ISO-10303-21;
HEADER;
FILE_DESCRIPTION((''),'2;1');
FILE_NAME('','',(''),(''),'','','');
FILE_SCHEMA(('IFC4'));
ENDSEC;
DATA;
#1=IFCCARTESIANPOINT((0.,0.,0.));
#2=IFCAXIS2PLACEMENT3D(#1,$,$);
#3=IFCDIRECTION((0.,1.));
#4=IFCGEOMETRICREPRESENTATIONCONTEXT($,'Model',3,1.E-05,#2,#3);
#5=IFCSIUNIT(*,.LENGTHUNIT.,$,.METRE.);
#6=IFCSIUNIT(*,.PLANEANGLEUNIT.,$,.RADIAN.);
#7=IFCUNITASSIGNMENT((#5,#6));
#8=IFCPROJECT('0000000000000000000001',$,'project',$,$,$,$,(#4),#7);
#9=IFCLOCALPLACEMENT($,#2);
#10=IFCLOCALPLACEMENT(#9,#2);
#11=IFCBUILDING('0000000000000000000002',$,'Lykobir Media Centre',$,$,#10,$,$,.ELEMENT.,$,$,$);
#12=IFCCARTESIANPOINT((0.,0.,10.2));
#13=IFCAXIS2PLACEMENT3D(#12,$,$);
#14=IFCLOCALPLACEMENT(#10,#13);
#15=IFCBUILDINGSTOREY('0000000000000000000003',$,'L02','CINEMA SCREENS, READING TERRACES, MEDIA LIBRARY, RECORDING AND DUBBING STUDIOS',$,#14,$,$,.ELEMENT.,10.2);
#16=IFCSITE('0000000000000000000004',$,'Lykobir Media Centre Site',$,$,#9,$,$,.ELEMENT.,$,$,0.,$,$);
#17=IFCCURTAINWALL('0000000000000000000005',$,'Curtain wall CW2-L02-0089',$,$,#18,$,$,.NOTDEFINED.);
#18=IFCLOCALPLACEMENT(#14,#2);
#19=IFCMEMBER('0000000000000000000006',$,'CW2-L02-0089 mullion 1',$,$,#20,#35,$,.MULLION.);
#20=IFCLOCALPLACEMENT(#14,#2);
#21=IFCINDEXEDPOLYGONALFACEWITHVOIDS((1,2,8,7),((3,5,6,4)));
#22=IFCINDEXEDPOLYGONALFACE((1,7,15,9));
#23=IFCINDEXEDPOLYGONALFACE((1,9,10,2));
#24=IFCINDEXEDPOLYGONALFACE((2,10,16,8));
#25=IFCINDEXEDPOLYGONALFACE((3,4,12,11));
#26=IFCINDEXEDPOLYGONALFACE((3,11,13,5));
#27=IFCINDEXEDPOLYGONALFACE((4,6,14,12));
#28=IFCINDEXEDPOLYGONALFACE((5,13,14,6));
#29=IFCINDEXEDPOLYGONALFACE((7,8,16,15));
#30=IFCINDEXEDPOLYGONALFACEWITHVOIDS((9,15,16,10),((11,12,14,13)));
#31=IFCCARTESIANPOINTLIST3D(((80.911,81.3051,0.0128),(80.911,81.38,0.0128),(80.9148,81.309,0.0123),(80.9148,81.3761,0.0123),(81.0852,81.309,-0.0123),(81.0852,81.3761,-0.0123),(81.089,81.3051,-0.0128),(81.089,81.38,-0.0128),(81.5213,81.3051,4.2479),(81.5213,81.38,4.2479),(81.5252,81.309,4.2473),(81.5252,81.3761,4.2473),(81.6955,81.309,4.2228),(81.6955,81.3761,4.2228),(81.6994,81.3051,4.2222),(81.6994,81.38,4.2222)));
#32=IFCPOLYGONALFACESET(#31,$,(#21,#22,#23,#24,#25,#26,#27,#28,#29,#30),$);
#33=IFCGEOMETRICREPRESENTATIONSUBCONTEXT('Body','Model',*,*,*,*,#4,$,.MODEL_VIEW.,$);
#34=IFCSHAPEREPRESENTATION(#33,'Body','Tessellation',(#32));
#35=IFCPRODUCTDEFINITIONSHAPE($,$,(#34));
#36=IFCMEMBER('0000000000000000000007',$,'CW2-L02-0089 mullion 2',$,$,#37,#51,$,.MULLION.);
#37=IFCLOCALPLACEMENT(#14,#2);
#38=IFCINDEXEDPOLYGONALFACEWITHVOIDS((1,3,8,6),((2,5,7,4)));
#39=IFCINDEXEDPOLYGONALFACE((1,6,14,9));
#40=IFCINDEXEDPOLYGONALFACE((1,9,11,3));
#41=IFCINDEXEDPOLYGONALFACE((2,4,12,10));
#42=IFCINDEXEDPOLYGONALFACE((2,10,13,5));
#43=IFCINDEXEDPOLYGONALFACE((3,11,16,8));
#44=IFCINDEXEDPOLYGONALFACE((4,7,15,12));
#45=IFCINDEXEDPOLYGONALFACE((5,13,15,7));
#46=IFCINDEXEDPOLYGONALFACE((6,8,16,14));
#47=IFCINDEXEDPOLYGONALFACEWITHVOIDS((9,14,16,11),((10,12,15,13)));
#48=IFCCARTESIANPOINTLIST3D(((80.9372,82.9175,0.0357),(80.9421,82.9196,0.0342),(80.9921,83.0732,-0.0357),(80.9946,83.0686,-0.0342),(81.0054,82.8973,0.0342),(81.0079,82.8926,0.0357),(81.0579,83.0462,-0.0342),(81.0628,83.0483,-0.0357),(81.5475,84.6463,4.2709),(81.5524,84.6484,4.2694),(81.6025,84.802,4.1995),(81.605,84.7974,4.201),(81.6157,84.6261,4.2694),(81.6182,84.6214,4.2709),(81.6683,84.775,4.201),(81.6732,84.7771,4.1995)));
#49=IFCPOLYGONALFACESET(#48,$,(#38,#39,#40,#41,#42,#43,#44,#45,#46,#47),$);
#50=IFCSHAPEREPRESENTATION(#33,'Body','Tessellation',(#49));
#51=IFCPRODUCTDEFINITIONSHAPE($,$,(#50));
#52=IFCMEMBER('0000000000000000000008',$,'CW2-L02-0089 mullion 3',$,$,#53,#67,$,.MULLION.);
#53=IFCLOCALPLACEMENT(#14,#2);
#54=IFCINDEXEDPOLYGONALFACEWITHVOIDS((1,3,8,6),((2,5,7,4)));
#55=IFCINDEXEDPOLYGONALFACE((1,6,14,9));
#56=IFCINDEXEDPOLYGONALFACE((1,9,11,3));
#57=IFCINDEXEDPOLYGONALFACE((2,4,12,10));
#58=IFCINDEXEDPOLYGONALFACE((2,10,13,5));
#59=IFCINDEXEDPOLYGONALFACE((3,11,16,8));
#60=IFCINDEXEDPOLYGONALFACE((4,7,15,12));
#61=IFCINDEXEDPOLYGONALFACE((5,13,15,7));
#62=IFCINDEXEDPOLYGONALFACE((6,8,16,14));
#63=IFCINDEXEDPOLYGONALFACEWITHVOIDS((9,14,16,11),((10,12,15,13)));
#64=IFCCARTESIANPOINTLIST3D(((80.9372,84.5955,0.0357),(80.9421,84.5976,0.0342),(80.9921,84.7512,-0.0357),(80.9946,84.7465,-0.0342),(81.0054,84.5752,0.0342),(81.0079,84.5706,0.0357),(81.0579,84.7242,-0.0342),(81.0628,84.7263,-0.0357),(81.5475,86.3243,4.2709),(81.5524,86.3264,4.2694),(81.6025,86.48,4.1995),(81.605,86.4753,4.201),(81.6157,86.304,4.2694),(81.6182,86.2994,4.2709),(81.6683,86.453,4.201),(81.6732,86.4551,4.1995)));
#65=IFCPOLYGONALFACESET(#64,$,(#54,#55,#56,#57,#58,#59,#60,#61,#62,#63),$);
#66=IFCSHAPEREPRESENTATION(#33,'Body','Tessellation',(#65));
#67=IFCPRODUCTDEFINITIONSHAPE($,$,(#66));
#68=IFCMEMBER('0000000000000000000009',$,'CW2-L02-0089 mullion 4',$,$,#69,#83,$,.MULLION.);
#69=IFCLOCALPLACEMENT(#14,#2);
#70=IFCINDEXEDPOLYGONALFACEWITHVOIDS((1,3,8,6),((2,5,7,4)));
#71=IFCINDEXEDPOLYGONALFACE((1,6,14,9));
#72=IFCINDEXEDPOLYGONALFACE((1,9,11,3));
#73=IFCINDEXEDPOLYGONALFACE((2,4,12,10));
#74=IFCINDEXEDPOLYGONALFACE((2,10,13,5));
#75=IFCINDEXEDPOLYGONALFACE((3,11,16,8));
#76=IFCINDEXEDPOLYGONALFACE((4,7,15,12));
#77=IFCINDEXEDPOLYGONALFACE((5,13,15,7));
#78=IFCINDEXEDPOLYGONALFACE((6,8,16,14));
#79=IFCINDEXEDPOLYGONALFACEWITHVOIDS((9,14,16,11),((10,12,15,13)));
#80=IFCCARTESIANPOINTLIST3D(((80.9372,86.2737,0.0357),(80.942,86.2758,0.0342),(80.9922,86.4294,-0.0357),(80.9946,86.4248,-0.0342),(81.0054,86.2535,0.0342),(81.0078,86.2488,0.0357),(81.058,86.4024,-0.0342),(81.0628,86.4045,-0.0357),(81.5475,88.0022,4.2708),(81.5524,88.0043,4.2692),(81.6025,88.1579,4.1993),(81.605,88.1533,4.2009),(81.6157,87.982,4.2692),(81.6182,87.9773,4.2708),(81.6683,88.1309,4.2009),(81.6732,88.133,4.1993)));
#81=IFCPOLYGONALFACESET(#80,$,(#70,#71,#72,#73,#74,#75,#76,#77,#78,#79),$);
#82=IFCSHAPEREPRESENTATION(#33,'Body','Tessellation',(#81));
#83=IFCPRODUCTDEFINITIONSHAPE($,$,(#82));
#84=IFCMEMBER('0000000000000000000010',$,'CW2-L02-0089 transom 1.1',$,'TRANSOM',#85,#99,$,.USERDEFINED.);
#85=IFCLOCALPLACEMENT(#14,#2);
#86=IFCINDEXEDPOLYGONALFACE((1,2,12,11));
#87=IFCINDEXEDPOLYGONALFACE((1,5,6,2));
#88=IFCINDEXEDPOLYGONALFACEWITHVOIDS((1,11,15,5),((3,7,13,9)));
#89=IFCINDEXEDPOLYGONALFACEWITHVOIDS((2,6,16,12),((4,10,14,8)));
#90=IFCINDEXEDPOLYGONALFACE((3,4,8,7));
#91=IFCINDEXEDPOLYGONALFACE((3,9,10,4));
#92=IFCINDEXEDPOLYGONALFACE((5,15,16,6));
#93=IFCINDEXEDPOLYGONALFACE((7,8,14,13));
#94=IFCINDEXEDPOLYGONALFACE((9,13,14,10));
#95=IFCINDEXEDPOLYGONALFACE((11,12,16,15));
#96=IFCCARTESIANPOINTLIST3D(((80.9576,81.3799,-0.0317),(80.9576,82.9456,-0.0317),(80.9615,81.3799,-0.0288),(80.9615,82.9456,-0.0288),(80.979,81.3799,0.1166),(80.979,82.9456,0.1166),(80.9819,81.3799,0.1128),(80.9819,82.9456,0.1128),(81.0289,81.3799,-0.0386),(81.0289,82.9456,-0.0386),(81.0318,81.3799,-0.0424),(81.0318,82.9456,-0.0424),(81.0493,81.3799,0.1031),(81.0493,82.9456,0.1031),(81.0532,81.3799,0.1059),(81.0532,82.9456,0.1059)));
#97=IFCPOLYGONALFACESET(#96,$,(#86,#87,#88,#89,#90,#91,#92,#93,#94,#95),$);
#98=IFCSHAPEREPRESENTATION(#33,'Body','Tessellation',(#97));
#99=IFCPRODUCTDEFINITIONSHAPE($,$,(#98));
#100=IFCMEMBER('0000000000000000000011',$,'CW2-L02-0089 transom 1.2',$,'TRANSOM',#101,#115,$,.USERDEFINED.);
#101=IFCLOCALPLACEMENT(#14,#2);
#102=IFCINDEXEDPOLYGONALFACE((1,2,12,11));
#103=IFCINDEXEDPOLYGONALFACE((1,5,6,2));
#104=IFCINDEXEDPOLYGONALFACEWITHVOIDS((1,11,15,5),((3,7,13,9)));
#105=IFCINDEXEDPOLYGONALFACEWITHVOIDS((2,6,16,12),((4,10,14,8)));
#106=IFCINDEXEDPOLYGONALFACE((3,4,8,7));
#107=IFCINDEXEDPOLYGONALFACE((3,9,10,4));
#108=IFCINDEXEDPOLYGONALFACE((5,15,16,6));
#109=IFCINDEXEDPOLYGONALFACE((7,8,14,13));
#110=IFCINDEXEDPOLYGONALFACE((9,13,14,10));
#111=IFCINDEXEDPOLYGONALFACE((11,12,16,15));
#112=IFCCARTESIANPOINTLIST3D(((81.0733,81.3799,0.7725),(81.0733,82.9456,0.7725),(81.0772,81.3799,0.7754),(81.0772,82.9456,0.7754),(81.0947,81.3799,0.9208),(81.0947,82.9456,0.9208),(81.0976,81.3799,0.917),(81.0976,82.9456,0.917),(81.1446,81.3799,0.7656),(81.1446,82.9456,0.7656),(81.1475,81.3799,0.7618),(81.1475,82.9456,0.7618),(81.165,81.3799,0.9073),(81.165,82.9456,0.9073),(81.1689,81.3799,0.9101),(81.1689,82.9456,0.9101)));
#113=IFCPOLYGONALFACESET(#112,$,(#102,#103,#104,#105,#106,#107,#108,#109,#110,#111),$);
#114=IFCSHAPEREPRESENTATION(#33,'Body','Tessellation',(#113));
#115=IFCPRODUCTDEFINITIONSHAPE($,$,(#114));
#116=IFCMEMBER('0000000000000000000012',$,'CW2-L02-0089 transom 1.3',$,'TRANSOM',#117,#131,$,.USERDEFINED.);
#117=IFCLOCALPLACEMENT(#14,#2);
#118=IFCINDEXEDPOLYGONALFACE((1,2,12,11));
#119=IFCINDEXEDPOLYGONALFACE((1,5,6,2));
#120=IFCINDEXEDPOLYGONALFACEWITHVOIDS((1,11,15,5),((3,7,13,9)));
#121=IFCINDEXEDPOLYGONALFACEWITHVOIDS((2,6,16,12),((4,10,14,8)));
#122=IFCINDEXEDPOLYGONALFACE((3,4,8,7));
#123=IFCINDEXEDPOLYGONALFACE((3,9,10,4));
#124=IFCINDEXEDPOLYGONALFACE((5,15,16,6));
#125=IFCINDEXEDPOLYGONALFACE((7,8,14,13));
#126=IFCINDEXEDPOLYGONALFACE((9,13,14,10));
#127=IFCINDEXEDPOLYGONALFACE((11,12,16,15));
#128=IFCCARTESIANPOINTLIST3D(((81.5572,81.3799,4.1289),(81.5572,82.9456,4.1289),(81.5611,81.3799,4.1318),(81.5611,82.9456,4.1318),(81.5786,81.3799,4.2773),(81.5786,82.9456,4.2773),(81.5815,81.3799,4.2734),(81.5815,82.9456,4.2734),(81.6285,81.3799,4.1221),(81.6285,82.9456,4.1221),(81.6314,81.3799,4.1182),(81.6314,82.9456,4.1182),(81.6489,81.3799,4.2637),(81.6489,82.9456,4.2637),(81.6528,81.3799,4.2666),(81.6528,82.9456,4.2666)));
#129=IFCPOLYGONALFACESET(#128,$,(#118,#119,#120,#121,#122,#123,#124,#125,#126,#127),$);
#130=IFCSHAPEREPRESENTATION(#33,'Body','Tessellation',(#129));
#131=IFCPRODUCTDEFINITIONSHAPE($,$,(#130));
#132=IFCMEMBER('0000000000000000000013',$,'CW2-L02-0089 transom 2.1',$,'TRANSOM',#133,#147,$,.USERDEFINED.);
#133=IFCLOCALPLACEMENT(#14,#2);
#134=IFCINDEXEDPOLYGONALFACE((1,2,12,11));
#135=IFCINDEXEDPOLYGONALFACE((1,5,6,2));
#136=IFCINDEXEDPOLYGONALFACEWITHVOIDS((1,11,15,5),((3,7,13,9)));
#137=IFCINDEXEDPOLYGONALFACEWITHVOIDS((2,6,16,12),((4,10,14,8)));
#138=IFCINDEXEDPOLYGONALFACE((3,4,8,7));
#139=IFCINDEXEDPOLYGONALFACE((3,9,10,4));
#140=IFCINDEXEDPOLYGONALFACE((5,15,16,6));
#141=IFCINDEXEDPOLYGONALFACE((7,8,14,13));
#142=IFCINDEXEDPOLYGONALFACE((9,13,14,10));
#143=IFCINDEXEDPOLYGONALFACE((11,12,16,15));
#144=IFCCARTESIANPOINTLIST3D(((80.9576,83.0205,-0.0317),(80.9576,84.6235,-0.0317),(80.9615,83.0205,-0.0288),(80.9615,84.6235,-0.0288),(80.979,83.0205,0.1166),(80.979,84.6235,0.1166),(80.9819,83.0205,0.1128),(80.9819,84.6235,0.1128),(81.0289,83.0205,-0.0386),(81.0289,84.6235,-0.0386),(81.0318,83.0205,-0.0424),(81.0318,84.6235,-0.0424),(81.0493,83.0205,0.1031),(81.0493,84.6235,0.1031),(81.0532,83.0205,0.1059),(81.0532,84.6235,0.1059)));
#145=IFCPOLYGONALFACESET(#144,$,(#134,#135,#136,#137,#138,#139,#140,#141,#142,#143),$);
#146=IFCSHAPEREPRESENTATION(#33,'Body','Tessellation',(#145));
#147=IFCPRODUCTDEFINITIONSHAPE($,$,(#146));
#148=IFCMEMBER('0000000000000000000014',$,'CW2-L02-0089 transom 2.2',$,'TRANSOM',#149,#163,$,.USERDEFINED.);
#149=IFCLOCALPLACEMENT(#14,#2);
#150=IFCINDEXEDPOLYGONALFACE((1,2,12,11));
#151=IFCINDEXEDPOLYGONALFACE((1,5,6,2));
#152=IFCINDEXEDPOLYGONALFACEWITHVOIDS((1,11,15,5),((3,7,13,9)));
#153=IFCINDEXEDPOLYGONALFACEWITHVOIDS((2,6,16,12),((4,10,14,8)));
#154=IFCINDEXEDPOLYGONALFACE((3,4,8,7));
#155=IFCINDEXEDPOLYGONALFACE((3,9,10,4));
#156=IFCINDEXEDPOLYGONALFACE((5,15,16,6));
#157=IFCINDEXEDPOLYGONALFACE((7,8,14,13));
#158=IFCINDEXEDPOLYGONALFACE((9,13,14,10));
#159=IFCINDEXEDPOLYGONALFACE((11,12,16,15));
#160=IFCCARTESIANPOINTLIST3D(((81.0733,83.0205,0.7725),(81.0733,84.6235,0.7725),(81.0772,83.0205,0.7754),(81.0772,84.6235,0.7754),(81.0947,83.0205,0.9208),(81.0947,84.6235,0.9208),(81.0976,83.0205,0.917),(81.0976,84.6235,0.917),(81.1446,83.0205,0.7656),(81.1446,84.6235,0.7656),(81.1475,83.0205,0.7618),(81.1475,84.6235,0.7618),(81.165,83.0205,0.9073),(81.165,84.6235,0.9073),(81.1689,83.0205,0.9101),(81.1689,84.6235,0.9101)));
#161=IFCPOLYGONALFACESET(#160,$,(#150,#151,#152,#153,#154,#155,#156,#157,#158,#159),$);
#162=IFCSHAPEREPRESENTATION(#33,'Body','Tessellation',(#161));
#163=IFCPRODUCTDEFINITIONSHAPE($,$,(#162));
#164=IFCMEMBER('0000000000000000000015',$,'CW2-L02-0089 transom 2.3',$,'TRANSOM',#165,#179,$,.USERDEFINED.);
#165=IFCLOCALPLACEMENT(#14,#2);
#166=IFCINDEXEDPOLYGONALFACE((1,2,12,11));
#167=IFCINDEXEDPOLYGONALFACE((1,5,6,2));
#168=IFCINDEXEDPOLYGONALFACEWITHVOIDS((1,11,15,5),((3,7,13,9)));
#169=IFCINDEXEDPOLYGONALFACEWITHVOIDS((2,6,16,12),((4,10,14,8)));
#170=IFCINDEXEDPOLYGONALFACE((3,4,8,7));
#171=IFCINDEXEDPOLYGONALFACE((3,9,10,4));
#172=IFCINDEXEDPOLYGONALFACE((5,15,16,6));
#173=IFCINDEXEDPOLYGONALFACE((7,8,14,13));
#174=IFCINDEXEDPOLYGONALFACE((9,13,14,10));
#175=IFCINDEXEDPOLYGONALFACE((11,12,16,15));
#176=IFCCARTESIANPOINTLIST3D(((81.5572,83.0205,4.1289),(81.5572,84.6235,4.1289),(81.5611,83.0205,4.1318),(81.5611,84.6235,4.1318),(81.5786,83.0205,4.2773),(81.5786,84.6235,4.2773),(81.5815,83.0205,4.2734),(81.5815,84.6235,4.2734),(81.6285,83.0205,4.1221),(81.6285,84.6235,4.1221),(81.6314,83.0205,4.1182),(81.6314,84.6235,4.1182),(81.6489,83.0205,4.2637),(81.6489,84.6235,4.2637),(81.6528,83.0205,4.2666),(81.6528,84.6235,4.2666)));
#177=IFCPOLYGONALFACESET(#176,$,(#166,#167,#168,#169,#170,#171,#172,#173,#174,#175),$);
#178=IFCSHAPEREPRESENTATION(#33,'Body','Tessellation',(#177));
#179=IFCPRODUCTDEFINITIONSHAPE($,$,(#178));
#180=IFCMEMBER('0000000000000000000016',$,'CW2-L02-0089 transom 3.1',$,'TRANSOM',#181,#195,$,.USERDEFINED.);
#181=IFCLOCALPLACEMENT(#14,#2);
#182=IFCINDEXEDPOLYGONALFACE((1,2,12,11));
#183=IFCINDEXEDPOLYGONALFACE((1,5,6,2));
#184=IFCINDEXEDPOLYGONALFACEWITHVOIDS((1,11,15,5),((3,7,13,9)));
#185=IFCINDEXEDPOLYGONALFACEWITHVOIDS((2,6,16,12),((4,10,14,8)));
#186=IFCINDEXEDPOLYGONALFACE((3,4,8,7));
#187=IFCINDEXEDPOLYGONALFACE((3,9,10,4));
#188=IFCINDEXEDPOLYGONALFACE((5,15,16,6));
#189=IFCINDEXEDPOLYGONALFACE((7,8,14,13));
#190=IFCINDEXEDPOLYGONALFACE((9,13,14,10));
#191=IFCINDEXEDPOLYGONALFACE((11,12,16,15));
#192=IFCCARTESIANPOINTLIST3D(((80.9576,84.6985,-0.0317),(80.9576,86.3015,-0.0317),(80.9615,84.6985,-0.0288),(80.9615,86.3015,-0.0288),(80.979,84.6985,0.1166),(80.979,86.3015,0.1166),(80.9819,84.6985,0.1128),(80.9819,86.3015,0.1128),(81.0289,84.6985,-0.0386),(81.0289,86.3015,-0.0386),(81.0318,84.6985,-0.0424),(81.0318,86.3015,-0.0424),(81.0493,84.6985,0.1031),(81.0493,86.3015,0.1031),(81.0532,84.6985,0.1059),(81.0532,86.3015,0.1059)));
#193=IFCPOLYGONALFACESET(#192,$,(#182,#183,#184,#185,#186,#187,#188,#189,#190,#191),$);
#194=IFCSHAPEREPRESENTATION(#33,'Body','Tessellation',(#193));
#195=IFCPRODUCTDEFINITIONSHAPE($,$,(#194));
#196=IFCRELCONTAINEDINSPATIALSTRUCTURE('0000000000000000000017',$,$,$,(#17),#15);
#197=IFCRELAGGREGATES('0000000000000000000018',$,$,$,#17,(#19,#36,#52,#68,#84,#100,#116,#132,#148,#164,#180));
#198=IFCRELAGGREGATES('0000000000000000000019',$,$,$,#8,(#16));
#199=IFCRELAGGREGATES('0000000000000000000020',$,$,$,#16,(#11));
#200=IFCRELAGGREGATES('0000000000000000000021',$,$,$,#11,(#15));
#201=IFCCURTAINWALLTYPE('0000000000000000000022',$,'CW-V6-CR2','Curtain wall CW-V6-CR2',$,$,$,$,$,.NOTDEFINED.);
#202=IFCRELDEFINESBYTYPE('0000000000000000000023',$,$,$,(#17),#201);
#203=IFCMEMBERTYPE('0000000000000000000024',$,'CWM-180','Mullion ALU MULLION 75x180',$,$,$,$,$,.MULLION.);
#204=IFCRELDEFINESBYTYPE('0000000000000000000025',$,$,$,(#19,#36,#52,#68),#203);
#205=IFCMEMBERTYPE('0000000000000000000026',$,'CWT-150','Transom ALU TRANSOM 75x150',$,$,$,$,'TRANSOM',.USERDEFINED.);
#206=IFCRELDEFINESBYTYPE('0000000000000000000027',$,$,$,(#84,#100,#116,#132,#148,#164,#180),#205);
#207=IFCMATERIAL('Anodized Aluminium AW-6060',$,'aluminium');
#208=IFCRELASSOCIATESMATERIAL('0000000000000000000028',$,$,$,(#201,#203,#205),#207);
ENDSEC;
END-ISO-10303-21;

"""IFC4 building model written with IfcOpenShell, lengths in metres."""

from ifc_helpers import new_model, si_unit, direction, frame, origin, origin_2d, place, context, subcontext, project, spatial, hollow_rectangle, extrude, material, material_profile, profile_set, type_object, element, aggregate, save


model = new_model("IFC4")

# Units and contexts
model_context = context("Model", 3, precision=1e-05, world=origin(), true_north=direction((0.0, 1.0)))
body_context = subcontext(model_context, "Body", "Model", "MODEL_VIEW")
ifc_project = project(units=[si_unit("LENGTHUNIT", "METRE"), si_unit("PLANEANGLEUNIT", "RADIAN")], contexts=[model_context])

# Site, building, storey
site_placement = place(None, origin())
site = spatial("IfcSite", under=ifc_project, at=site_placement, Name="Lykobir Media Centre Site", CompositionType="ELEMENT", RefElevation=0.0)
building_placement = place(site_placement, origin())
building = spatial("IfcBuilding", under=site, at=building_placement, Name="Lykobir Media Centre", CompositionType="ELEMENT")
storey_placement = place(building_placement, frame((0.0, 0.0, 10.2)))
storey = spatial("IfcBuildingStorey", under=building, at=storey_placement, Name="L02", Description="CINEMA SCREENS, READING TERRACES, MEDIA LIBRARY, RECORDING AND DUBBING STUDIOS", CompositionType="ELEMENT", Elevation=10.2)

# Curtain wall, members
ifc_material_1 = material(Name="Anodized Aluminium AW-6060", Category="aluminium")
curtain_wall_type = type_object("IfcCurtainWallType", Name="CW-V6-CR2", Description="Curtain wall CW-V6-CR2", PredefinedType="NOTDEFINED", material=ifc_material_1)
curtain_wall_placement = place(storey_placement, origin())
curtain_wall = element("IfcCurtainWall", 1, at=curtain_wall_placement, inside=storey, type_object=curtain_wall_type, Name="Curtain wall CW2-L02-0089", PredefinedType="NOTDEFINED")
ifc_material_profile_1 = material_profile(ifc_material_1, hollow_rectangle(XDim=0.075, YDim=0.1799, WallThickness=0.0039, at=origin_2d()), Name="ALU MULLION 75x180")
ifc_profile_set_1 = profile_set([ifc_material_profile_1], Name="Anodized Aluminium AW-6060")
member_type_1 = type_object("IfcMemberType", Name="CWM-180", Description="Mullion ALU MULLION 75x180", PredefinedType="MULLION", material=ifc_profile_set_1)
member_1_placement = place(storey_placement, frame((81.0, 81.3425, 0.0), z_axis=(0.142643, 0.0, 0.989774), x_axis=(0.0, -1.0, 0.0)))
member_1 = element("IfcMember", 2, at=member_1_placement, type_object=member_type_1, Name="CW2-L02-0089 mullion 1", PredefinedType="MULLION", context=body_context, shape_type="SweptSolid", body=[
    extrude(hollow_rectangle(XDim=0.075, YDim=0.1799, WallThickness=0.0039, at=origin_2d()), origin(), (0.0, 0.0, 1.0), 4.2788),
])
member_2_placement = place(storey_placement, frame((81.0, 82.9829, 0.0), z_axis=(0.132257, 0.374604, 0.917704), x_axis=(0.942956, -0.332918, 0.0)))
member_2 = element("IfcMember", 3, at=member_2_placement, type_object=member_type_1, Name="CW2-L02-0089 mullion 2", PredefinedType="MULLION", context=body_context, shape_type="SweptSolid", body=[
    extrude(hollow_rectangle(XDim=0.075, YDim=0.1799, WallThickness=0.0039, at=origin_2d()), origin(), (0.0, 0.0, 1.0), 4.615),
])
member_3_placement = place(storey_placement, frame((81.0, 84.6609, 0.0), z_axis=(0.132257, 0.374604, 0.917704), x_axis=(0.942956, -0.332918, 0.0)))
member_3 = element("IfcMember", 4, at=member_3_placement, type_object=member_type_1, Name="CW2-L02-0089 mullion 3", PredefinedType="MULLION", context=body_context, shape_type="SweptSolid", body=[
    extrude(hollow_rectangle(XDim=0.075, YDim=0.1799, WallThickness=0.0039, at=origin_2d()), origin(), (0.0, 0.0, 1.0), 4.615),
])
member_4_placement = place(storey_placement, frame((81.0, 86.3391, 0.0), z_axis=(0.132259, 0.374559, 0.917722), x_axis=(0.942941, -0.332959, 0.0)))
member_4 = element("IfcMember", 5, at=member_4_placement, type_object=member_type_1, Name="CW2-L02-0089 mullion 4", PredefinedType="MULLION", context=body_context, shape_type="SweptSolid", body=[
    extrude(hollow_rectangle(XDim=0.075, YDim=0.1799, WallThickness=0.0039, at=origin_2d()), origin(), (0.0, 0.0, 1.0), 4.6147),
])
ifc_material_profile_2 = material_profile(ifc_material_1, hollow_rectangle(XDim=0.075, YDim=0.1499, WallThickness=0.0034, at=origin_2d()), Name="ALU TRANSOM 75x150")
ifc_profile_set_2 = profile_set([ifc_material_profile_2], Name="Anodized Aluminium AW-6060")
member_type_2 = type_object("IfcMemberType", Name="CWT-150", Description="Transom ALU TRANSOM 75x150", ElementType="TRANSOM", PredefinedType="USERDEFINED", material=ifc_profile_set_2)
member_5_placement = place(storey_placement, frame((81.0054, 81.3799, 0.0371), z_axis=(0.0, 1.0, 0.0), x_axis=(-0.989776, 0.0, 0.142629)))
member_5 = element("IfcMember", 6, at=member_5_placement, type_object=member_type_2, Name="CW2-L02-0089 transom 1.1", ObjectType="TRANSOM", PredefinedType="USERDEFINED", context=body_context, shape_type="SweptSolid", body=[
    extrude(hollow_rectangle(XDim=0.075, YDim=0.1499, WallThickness=0.0034, at=origin_2d()), origin(), (0.0, 0.0, 1.0), 1.5657),
])
member_6_placement = place(storey_placement, frame((81.1211, 81.3799, 0.8413), z_axis=(0.0, 1.0, 0.0), x_axis=(-0.989776, 0.0, 0.142629)))
member_6 = element("IfcMember", 7, at=member_6_placement, type_object=member_type_2, Name="CW2-L02-0089 transom 1.2", ObjectType="TRANSOM", PredefinedType="USERDEFINED", context=body_context, shape_type="SweptSolid", body=[
    extrude(hollow_rectangle(XDim=0.075, YDim=0.1499, WallThickness=0.0034, at=origin_2d()), origin(), (0.0, 0.0, 1.0), 1.5657),
])
member_7_placement = place(storey_placement, frame((81.605, 81.3799, 4.1978), z_axis=(0.0, 1.0, 0.0), x_axis=(-0.989776, 0.0, 0.142629)))
member_7 = element("IfcMember", 8, at=member_7_placement, type_object=member_type_2, Name="CW2-L02-0089 transom 1.3", ObjectType="TRANSOM", PredefinedType="USERDEFINED", context=body_context, shape_type="SweptSolid", body=[
    extrude(hollow_rectangle(XDim=0.075, YDim=0.1499, WallThickness=0.0034, at=origin_2d()), origin(), (0.0, 0.0, 1.0), 1.5657),
])
member_8_placement = place(storey_placement, frame((81.0054, 83.0205, 0.0371), z_axis=(0.0, 1.0, 0.0), x_axis=(-0.989776, 0.0, 0.142629)))
member_8 = element("IfcMember", 9, at=member_8_placement, type_object=member_type_2, Name="CW2-L02-0089 transom 2.1", ObjectType="TRANSOM", PredefinedType="USERDEFINED", context=body_context, shape_type="SweptSolid", body=[
    extrude(hollow_rectangle(XDim=0.075, YDim=0.1499, WallThickness=0.0034, at=origin_2d()), origin(), (0.0, 0.0, 1.0), 1.603),
])
member_9_placement = place(storey_placement, frame((81.1211, 83.0205, 0.8413), z_axis=(0.0, 1.0, 0.0), x_axis=(-0.989776, 0.0, 0.142629)))
member_9 = element("IfcMember", 10, at=member_9_placement, type_object=member_type_2, Name="CW2-L02-0089 transom 2.2", ObjectType="TRANSOM", PredefinedType="USERDEFINED", context=body_context, shape_type="SweptSolid", body=[
    extrude(hollow_rectangle(XDim=0.075, YDim=0.1499, WallThickness=0.0034, at=origin_2d()), origin(), (0.0, 0.0, 1.0), 1.603),
])
member_10_placement = place(storey_placement, frame((81.605, 83.0205, 4.1978), z_axis=(0.0, 1.0, 0.0), x_axis=(-0.989776, 0.0, 0.142629)))
member_10 = element("IfcMember", 11, at=member_10_placement, type_object=member_type_2, Name="CW2-L02-0089 transom 2.3", ObjectType="TRANSOM", PredefinedType="USERDEFINED", context=body_context, shape_type="SweptSolid", body=[
    extrude(hollow_rectangle(XDim=0.075, YDim=0.1499, WallThickness=0.0034, at=origin_2d()), origin(), (0.0, 0.0, 1.0), 1.603),
])
member_11_placement = place(storey_placement, frame((81.0054, 84.6985, 0.0371), z_axis=(0.0, 1.0, 0.0), x_axis=(-0.989776, 0.0, 0.142629)))
member_11 = element("IfcMember", 12, at=member_11_placement, type_object=member_type_2, Name="CW2-L02-0089 transom 3.1", ObjectType="TRANSOM", PredefinedType="USERDEFINED", context=body_context, shape_type="SweptSolid", body=[
    extrude(hollow_rectangle(XDim=0.075, YDim=0.1499, WallThickness=0.0034, at=origin_2d()), origin(), (0.0, 0.0, 1.0), 1.603),
])
aggregate(curtain_wall, [member_1, member_2, member_3, member_4, member_5, member_6, member_7, member_8, member_9, member_10, member_11])

save(model, "model.ifc")
